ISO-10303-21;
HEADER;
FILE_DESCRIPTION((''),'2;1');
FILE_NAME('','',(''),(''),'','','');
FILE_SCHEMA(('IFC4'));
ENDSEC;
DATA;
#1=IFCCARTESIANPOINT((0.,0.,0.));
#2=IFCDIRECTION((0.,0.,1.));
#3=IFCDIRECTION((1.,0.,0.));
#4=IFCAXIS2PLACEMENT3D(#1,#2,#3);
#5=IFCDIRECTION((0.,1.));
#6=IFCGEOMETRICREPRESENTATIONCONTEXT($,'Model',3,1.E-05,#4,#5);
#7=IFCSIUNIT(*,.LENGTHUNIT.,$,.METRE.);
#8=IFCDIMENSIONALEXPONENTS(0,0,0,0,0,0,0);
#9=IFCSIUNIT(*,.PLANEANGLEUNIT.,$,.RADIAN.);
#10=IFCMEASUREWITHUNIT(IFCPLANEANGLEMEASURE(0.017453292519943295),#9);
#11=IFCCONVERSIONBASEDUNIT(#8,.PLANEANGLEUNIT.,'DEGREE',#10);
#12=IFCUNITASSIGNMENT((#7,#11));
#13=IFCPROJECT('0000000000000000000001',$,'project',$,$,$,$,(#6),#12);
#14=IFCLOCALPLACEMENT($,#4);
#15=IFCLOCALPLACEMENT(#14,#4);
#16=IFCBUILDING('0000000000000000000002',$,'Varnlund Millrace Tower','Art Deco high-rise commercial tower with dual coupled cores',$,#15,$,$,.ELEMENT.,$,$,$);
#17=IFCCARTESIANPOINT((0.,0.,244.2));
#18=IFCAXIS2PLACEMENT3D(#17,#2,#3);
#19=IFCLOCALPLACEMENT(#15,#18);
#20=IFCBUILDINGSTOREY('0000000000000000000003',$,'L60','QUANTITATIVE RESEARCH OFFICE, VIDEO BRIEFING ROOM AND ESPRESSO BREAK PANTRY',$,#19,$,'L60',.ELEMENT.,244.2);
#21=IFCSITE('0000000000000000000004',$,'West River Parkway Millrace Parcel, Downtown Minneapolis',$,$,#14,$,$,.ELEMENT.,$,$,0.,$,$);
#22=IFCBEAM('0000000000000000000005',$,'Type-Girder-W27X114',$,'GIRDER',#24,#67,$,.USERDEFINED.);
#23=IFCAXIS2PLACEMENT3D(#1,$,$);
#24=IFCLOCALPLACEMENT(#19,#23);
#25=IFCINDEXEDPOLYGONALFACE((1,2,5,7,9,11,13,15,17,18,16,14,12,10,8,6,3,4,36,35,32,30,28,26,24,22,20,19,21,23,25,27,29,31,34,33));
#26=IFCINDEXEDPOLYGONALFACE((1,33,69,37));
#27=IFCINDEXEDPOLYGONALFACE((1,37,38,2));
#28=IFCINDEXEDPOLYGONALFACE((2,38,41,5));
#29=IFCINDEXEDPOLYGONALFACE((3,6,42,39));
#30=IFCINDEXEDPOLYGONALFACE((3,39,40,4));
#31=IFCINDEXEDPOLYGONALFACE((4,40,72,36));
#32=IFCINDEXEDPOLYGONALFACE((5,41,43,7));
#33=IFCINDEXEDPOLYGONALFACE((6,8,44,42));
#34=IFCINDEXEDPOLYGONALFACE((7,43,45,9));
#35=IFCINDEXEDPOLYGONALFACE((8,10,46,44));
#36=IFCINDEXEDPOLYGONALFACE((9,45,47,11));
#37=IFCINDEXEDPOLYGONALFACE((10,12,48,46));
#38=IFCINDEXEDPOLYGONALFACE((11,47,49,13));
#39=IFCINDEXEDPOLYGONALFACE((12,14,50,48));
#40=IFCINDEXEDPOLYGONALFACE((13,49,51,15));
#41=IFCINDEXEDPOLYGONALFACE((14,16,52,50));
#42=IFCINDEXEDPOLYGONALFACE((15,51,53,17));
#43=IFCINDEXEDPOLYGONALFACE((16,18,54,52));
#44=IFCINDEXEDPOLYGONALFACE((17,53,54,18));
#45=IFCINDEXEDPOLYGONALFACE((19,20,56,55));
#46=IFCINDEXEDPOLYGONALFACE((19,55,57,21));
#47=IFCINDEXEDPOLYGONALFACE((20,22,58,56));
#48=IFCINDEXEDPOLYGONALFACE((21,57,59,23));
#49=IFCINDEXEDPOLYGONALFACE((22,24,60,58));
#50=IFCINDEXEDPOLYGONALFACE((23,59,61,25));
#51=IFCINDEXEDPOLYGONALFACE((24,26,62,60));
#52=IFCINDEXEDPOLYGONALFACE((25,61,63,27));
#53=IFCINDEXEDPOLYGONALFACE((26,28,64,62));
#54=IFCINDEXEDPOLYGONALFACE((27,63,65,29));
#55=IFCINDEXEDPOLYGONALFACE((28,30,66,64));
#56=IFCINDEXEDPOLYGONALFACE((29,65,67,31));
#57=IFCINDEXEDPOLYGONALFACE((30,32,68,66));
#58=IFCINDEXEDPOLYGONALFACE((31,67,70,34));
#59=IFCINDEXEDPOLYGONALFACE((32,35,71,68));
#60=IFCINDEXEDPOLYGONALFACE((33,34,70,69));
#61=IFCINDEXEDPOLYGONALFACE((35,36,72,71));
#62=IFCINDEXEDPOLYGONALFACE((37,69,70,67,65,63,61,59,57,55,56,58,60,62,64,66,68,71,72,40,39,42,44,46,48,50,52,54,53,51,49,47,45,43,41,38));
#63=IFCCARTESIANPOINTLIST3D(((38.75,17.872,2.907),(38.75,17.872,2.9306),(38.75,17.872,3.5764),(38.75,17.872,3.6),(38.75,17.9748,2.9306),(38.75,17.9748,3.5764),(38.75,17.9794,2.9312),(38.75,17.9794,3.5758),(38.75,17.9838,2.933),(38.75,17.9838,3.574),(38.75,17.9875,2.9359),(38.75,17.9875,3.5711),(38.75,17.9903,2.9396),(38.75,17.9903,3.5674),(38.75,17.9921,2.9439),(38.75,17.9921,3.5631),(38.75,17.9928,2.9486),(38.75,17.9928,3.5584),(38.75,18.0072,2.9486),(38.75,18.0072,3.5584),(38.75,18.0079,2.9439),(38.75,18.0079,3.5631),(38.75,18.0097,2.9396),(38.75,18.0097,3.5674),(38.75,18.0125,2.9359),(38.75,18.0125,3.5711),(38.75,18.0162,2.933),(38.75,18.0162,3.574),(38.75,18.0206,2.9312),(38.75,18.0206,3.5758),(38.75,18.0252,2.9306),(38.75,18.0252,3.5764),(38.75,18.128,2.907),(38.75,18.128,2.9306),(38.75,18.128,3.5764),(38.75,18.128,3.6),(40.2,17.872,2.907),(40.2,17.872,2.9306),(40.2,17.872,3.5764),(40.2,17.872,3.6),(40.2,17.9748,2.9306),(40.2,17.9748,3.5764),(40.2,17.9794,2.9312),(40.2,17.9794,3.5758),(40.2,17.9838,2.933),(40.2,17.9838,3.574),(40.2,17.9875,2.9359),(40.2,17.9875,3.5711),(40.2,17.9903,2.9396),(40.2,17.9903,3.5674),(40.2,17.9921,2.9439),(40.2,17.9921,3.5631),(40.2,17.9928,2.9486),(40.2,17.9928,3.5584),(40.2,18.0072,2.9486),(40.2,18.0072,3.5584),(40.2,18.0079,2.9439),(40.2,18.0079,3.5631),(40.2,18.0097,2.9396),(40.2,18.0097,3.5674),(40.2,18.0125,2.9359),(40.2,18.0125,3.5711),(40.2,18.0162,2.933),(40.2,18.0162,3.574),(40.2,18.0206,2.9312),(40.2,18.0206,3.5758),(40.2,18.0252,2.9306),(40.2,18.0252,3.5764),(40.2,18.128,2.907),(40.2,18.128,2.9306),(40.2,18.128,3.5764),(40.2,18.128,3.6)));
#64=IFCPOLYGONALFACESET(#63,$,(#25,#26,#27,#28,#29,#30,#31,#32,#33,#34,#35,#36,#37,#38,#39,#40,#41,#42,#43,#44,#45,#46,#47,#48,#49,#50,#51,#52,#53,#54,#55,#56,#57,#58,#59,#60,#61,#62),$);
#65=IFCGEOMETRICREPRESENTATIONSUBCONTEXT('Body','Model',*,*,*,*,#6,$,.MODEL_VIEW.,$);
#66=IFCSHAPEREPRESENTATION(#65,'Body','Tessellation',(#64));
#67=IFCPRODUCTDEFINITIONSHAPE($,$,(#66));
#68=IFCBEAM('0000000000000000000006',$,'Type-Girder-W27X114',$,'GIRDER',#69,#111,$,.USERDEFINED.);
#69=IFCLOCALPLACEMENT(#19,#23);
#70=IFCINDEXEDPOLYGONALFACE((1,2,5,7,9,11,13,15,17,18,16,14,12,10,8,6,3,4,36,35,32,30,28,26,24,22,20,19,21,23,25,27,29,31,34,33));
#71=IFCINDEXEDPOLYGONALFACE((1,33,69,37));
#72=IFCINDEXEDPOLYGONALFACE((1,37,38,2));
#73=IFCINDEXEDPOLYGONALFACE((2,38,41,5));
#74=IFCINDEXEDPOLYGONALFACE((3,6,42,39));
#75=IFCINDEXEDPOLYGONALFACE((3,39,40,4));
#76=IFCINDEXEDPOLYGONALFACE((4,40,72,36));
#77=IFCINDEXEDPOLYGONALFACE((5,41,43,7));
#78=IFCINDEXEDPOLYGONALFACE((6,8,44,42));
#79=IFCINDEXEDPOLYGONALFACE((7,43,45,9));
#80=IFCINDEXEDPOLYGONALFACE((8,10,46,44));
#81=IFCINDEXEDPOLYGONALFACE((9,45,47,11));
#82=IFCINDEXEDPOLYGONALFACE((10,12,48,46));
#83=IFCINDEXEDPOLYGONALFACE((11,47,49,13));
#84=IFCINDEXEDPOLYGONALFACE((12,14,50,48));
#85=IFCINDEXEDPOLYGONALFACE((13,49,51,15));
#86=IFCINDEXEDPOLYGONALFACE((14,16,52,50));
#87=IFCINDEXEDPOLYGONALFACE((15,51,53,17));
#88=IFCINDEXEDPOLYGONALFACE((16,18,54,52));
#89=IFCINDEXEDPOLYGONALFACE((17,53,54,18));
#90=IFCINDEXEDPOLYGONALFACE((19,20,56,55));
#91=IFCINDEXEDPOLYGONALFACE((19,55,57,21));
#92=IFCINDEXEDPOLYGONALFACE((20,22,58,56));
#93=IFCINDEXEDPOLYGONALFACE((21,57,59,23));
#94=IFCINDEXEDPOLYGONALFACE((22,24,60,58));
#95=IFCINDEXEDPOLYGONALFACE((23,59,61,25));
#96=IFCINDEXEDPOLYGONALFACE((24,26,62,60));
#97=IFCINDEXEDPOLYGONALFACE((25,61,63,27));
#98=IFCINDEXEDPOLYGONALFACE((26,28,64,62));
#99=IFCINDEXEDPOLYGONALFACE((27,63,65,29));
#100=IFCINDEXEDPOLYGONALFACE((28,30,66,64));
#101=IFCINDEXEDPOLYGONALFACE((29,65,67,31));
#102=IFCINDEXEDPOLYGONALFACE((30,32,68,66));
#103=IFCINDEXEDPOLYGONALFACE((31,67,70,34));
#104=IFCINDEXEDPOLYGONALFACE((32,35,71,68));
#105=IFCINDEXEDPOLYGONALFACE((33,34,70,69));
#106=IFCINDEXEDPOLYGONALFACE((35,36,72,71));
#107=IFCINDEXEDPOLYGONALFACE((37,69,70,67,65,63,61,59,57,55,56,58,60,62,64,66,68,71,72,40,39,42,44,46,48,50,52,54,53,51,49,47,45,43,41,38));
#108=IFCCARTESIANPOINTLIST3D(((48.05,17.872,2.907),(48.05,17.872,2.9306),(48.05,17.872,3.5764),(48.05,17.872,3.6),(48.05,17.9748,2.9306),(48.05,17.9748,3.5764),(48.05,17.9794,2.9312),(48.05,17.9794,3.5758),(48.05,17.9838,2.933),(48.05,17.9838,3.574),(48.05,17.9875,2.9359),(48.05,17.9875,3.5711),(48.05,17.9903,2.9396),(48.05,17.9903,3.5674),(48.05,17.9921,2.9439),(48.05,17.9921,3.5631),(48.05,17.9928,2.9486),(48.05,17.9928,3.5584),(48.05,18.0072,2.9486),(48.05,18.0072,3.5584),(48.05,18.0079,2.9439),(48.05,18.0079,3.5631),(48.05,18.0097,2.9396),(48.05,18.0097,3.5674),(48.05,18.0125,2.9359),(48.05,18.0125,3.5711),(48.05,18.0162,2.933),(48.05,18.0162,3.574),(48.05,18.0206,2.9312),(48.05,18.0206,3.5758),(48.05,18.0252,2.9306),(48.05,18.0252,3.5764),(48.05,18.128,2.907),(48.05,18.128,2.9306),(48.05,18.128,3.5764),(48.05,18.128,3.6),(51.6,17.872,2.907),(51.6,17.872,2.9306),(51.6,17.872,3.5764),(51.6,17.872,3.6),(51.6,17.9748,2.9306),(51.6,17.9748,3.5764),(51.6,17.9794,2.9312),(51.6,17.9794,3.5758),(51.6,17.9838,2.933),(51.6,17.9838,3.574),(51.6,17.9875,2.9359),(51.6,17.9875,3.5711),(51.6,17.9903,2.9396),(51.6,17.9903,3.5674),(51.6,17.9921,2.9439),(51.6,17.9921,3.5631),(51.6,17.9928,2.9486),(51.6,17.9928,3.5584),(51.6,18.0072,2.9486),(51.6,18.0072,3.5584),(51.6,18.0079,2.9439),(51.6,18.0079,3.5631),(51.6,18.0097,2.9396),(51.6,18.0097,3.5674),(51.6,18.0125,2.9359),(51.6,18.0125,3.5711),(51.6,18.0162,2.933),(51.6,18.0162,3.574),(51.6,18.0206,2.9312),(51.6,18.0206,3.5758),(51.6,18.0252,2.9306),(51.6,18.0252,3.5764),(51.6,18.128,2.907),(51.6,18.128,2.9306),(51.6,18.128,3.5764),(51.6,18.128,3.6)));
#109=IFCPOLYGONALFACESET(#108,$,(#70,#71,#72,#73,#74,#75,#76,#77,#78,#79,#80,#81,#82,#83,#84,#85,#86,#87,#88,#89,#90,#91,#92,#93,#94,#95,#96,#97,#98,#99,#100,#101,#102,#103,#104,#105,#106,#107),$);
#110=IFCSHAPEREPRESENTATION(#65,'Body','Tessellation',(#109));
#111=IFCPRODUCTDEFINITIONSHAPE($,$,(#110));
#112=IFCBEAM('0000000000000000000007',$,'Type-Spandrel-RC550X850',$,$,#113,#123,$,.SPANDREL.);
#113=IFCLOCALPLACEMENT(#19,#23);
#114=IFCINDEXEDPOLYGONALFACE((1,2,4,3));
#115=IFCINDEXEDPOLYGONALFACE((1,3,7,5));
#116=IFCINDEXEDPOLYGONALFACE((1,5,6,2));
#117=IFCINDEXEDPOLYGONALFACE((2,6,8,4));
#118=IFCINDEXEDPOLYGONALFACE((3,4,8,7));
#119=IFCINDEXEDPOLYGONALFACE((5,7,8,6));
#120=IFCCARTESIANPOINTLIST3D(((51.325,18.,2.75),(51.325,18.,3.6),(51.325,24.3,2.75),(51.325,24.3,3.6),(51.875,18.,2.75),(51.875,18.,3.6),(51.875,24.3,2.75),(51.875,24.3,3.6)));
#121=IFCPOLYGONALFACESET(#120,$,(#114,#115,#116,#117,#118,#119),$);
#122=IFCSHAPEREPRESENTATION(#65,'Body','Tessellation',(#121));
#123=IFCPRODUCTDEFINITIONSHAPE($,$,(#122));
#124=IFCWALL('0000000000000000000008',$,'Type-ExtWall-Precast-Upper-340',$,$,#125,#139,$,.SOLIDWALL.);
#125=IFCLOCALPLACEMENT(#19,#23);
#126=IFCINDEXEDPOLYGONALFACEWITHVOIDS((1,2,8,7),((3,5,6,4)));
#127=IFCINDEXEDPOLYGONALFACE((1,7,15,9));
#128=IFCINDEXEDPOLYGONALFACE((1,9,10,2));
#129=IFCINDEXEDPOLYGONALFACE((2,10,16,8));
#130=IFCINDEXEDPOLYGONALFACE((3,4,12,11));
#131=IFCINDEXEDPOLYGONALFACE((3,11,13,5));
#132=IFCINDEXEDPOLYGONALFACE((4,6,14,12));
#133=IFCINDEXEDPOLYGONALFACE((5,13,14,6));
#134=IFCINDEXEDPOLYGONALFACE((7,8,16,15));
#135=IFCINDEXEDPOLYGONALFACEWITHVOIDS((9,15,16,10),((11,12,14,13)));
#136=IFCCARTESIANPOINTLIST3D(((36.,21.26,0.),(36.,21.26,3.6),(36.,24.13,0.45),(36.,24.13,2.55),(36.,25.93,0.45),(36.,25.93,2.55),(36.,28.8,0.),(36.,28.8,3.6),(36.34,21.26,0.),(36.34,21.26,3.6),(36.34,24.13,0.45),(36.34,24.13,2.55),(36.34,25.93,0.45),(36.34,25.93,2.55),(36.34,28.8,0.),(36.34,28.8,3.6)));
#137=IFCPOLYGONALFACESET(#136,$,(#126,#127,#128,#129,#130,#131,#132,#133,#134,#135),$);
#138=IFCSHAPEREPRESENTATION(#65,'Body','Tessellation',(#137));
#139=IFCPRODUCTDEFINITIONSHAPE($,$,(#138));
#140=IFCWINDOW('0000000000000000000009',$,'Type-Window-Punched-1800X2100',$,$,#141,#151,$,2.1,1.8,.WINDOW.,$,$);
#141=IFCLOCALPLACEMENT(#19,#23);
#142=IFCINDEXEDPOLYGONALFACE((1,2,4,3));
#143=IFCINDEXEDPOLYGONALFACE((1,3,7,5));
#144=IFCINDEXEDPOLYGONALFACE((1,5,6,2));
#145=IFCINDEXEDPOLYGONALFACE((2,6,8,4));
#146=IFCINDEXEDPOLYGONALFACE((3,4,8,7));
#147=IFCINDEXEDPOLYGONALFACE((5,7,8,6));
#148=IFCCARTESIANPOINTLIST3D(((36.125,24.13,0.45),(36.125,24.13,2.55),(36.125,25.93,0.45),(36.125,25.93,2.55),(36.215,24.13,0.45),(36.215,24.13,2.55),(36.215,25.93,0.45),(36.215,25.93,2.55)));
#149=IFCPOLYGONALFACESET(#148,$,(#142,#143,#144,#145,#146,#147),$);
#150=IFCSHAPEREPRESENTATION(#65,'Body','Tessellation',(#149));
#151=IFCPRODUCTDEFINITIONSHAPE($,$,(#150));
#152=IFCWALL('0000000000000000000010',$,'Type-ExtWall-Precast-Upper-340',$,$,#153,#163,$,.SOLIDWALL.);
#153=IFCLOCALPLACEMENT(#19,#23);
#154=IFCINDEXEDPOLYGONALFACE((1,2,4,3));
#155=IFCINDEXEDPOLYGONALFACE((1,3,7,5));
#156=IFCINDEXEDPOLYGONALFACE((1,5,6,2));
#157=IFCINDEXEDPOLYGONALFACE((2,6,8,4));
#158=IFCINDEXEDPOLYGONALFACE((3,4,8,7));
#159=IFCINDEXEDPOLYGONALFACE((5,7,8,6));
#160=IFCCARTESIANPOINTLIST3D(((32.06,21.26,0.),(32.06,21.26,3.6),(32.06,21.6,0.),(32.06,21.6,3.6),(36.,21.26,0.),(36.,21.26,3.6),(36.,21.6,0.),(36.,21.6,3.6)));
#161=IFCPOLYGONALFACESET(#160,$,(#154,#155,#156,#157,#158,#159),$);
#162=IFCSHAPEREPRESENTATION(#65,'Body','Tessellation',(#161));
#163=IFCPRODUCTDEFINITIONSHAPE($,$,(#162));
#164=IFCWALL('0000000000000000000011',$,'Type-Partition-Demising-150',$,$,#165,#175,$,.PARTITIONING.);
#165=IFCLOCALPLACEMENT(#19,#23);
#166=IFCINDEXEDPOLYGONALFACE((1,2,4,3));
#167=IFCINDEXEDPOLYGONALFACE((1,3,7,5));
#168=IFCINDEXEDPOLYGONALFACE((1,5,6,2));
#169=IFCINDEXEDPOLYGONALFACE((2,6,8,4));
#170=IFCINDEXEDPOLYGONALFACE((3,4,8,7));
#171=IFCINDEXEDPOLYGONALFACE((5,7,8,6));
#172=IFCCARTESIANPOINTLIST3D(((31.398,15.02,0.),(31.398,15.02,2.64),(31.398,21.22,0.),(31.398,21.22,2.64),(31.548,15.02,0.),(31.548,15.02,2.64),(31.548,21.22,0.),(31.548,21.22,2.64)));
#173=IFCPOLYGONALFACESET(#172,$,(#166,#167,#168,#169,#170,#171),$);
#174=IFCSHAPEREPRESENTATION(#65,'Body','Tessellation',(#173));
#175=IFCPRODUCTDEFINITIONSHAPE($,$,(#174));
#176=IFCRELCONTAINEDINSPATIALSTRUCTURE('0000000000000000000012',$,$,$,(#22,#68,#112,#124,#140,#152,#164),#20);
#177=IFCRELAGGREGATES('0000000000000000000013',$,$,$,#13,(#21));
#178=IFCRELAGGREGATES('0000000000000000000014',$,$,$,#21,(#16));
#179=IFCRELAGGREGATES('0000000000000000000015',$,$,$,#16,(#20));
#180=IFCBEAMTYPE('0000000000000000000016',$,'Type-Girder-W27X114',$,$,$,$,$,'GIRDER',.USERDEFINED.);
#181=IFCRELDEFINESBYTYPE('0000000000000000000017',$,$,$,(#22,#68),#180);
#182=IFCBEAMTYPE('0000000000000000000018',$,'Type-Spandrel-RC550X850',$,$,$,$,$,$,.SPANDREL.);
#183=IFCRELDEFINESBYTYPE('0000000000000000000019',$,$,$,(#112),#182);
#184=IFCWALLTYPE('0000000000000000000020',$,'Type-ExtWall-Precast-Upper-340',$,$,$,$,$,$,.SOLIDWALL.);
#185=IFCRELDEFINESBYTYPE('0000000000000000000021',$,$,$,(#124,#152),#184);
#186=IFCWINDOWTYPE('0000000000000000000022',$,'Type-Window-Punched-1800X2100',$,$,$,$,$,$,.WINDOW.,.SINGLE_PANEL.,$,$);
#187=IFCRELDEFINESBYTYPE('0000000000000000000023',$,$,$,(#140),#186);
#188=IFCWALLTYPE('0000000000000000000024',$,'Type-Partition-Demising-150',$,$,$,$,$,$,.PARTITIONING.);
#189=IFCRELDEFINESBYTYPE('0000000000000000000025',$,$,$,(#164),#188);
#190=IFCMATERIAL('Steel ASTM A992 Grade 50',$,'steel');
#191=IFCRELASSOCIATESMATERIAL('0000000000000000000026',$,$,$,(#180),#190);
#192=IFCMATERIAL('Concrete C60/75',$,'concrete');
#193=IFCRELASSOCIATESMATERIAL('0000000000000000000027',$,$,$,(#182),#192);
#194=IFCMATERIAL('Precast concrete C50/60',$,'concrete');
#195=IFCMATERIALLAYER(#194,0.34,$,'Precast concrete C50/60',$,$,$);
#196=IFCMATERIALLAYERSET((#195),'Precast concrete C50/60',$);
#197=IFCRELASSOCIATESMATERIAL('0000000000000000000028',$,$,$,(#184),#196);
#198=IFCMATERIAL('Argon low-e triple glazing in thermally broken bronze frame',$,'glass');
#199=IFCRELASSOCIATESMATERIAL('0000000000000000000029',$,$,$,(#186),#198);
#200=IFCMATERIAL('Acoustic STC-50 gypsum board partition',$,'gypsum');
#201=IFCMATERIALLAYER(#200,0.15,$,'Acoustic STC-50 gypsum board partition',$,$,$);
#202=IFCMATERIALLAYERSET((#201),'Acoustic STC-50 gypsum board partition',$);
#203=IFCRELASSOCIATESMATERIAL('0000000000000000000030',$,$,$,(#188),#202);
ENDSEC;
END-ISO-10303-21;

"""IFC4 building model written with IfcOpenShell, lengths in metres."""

from ifc_helpers import new_model, entity, si_unit, converted_unit, direction, frame, origin_with_axes, origin_2d_with_axis, place, context, subcontext, project, spatial, polyline, rectangle, i_section, outline, extrude, material, layer, layer_set, material_profile, profile_set, type_object, element, fill, save


model = new_model("IFC4")

# Units and contexts
model_context = context("Model", 3, precision=1e-05, world=origin_with_axes(), true_north=direction((0.0, 1.0)))
body_context = subcontext(model_context, "Body", "Model", "MODEL_VIEW")
ifc_project = project(units=[si_unit("LENGTHUNIT", "METRE"), converted_unit("PLANEANGLEUNIT", "DEGREE", entity("IfcPlaneAngleMeasure", 0.017453292519943295), si_unit("PLANEANGLEUNIT", "RADIAN"), dimensions=[0, 0, 0, 0, 0, 0, 0])], contexts=[model_context])

# Site, building, storey
site_placement = place(None, origin_with_axes())
site = spatial("IfcSite", under=ifc_project, at=site_placement, Name="West River Parkway Millrace Parcel, Downtown Minneapolis", CompositionType="ELEMENT", RefElevation=0.0)
building_placement = place(site_placement, origin_with_axes())
building = spatial("IfcBuilding", under=site, at=building_placement, Name="Varnlund Millrace Tower", Description="Art Deco high-rise commercial tower with dual coupled cores", CompositionType="ELEMENT")
storey_placement = place(building_placement, frame((0.0, 0.0, 244.2), z_axis=(0.0, 0.0, 1.0), x_axis=(1.0, 0.0, 0.0)))
storey = spatial("IfcBuildingStorey", under=building, at=storey_placement, Name="L60", Description="QUANTITATIVE RESEARCH OFFICE, VIDEO BRIEFING ROOM AND ESPRESSO BREAK PANTRY", LongName="L60", CompositionType="ELEMENT", Elevation=244.2)

# Beams
ifc_material_1 = material(Name="Steel ASTM A992 Grade 50", Category="steel")
ifc_material_profile_1 = material_profile(ifc_material_1, i_section(OverallWidth=0.256, OverallDepth=0.693, WebThickness=0.0145, FlangeThickness=0.0236, FilletRadius=0.018, at=origin_2d_with_axis()), Name="Steel ASTM A992 Grade 50")
ifc_profile_set_1 = profile_set([ifc_material_profile_1], Name="Steel ASTM A992 Grade 50")
beam_type_1 = type_object("IfcBeamType", Name="Type-Girder-W27X114", ElementType="GIRDER", PredefinedType="USERDEFINED", material=ifc_profile_set_1)
beam_1_placement = place(storey_placement, frame((38.75, 18.0, 3.2535), z_axis=(1.0, 0.0, 0.0), x_axis=(0.0, 1.0, 0.0)))
element("IfcBeam", 1, at=beam_1_placement, inside=storey, type_object=beam_type_1, Name="Type-Girder-W27X114", ObjectType="GIRDER", PredefinedType="USERDEFINED", context=body_context, shape_type="SweptSolid", body=[
    extrude(i_section(OverallWidth=0.256, OverallDepth=0.693, WebThickness=0.0145, FlangeThickness=0.0236, FilletRadius=0.018, at=origin_2d_with_axis()), origin_with_axes(), (0.0, 0.0, 1.0), 1.45),
])
beam_2_placement = place(storey_placement, frame((48.05, 18.0, 3.2535), z_axis=(1.0, 0.0, 0.0), x_axis=(0.0, 1.0, 0.0)))
element("IfcBeam", 2, at=beam_2_placement, inside=storey, type_object=beam_type_1, Name="Type-Girder-W27X114", ObjectType="GIRDER", PredefinedType="USERDEFINED", context=body_context, shape_type="SweptSolid", body=[
    extrude(i_section(OverallWidth=0.256, OverallDepth=0.693, WebThickness=0.0145, FlangeThickness=0.0236, FilletRadius=0.018, at=origin_2d_with_axis()), origin_with_axes(), (0.0, 0.0, 1.0), 3.55),
])
ifc_material_2 = material(Name="Concrete C60/75", Category="concrete")
ifc_material_profile_2 = material_profile(ifc_material_2, rectangle(XDim=0.55, YDim=0.85, at=origin_2d_with_axis()), Name="Concrete C60/75")
ifc_profile_set_2 = profile_set([ifc_material_profile_2], Name="Concrete C60/75")
beam_type_2 = type_object("IfcBeamType", Name="Type-Spandrel-RC550X850", PredefinedType="SPANDREL", material=ifc_profile_set_2)
beam_3_placement = place(storey_placement, frame((51.6, 18.0, 3.175), z_axis=(0.0, 1.0, 0.0), x_axis=(-1.0, 0.0, 0.0)))
element("IfcBeam", 3, at=beam_3_placement, inside=storey, type_object=beam_type_2, Name="Type-Spandrel-RC550X850", PredefinedType="SPANDREL", context=body_context, shape_type="SweptSolid", body=[
    extrude(rectangle(XDim=0.55, YDim=0.85, at=origin_2d_with_axis()), origin_with_axes(), (0.0, 0.0, 1.0), 6.3),
])

# Wall, opening, window
ifc_material_3 = material(Name="Precast concrete C50/60", Category="concrete")
ifc_layer_1 = layer(ifc_material_3, 0.34, Name="Precast concrete C50/60")
ifc_layer_set_1 = layer_set([ifc_layer_1], Name="Precast concrete C50/60")
wall_type_1 = type_object("IfcWallType", Name="Type-ExtWall-Precast-Upper-340", PredefinedType="SOLIDWALL", material=ifc_layer_set_1)
wall_1_placement = place(storey_placement, frame((36.17, 21.26, 0.0), z_axis=(0.0, 0.0, 1.0), x_axis=(0.0, 1.0, 0.0)))
wall_1 = element("IfcWall", 4, at=wall_1_placement, inside=storey, type_object=wall_type_1, Name="Type-ExtWall-Precast-Upper-340", PredefinedType="SOLIDWALL", context=body_context, shape_type="SweptSolid", body=[
    extrude(outline(polyline([(0.0, -0.17), (7.54, -0.17), (7.54, 0.17), (0.0, 0.17), (0.0, -0.17)])), origin_with_axes(), (0.0, 0.0, 1.0), 3.6),
])
opening_1_placement = place(wall_1_placement, frame((3.77, 0.0, 0.45), z_axis=(0.0, 0.0, 1.0), x_axis=(1.0, 0.0, 0.0)))
opening_1 = element("IfcOpeningElement", 5, at=opening_1_placement, cuts=wall_1, PredefinedType="OPENING", context=body_context, shape_type="SweptSolid", body=[
    extrude(rectangle(XDim=1.8, YDim=0.36, at=origin_2d_with_axis()), origin_with_axes(), (0.0, 0.0, 1.0), 2.1),
])
ifc_material_4 = material(Name="Argon low-e triple glazing in thermally broken bronze frame", Category="glass")
window_type = type_object("IfcWindowType", Name="Type-Window-Punched-1800X2100", PartitioningType="SINGLE_PANEL", PredefinedType="WINDOW", material=ifc_material_4)
window_placement = place(wall_1_placement, frame((3.77, 0.0, 0.45), z_axis=(0.0, 0.0, 1.0), x_axis=(1.0, 0.0, 0.0)))
window = element("IfcWindow", 6, at=window_placement, inside=storey, type_object=window_type, Name="Type-Window-Punched-1800X2100", OverallHeight=2.1, OverallWidth=1.8, PredefinedType="WINDOW", context=body_context, shape_type="SweptSolid", body=[
    extrude(rectangle(XDim=1.8, YDim=0.09, at=origin_2d_with_axis()), origin_with_axes(), (0.0, 0.0, 1.0), 2.1),
])
fill(opening_1, window)

# Walls
wall_2_placement = place(storey_placement, frame((32.06, 21.43, 0.0), z_axis=(0.0, 0.0, 1.0), x_axis=(1.0, 0.0, 0.0)))
element("IfcWall", 7, at=wall_2_placement, inside=storey, type_object=wall_type_1, Name="Type-ExtWall-Precast-Upper-340", PredefinedType="SOLIDWALL", context=body_context, shape_type="SweptSolid", body=[
    extrude(outline(polyline([(0.0, -0.17), (3.94, -0.17), (3.94, 0.17), (0.0, 0.17), (0.0, -0.17)])), origin_with_axes(), (0.0, 0.0, 1.0), 3.6),
])
ifc_material_5 = material(Name="Acoustic STC-50 gypsum board partition", Category="gypsum")
ifc_layer_2 = layer(ifc_material_5, 0.15, Name="Acoustic STC-50 gypsum board partition")
ifc_layer_set_2 = layer_set([ifc_layer_2], Name="Acoustic STC-50 gypsum board partition")
wall_type_2 = type_object("IfcWallType", Name="Type-Partition-Demising-150", PredefinedType="PARTITIONING", material=ifc_layer_set_2)
wall_3_placement = place(storey_placement, frame((31.473, 15.02, 0.0), z_axis=(0.0, 0.0, 1.0), x_axis=(0.0, 1.0, 0.0)))
element("IfcWall", 8, at=wall_3_placement, inside=storey, type_object=wall_type_2, Name="Type-Partition-Demising-150", PredefinedType="PARTITIONING", context=body_context, shape_type="SweptSolid", body=[
    extrude(outline(polyline([(0.0, -0.075), (6.2, -0.075), (6.2, 0.075), (0.0, 0.075), (0.0, -0.075)])), origin_with_axes(), (0.0, 0.0, 1.0), 2.64),
])

save(model, "model.ifc")
